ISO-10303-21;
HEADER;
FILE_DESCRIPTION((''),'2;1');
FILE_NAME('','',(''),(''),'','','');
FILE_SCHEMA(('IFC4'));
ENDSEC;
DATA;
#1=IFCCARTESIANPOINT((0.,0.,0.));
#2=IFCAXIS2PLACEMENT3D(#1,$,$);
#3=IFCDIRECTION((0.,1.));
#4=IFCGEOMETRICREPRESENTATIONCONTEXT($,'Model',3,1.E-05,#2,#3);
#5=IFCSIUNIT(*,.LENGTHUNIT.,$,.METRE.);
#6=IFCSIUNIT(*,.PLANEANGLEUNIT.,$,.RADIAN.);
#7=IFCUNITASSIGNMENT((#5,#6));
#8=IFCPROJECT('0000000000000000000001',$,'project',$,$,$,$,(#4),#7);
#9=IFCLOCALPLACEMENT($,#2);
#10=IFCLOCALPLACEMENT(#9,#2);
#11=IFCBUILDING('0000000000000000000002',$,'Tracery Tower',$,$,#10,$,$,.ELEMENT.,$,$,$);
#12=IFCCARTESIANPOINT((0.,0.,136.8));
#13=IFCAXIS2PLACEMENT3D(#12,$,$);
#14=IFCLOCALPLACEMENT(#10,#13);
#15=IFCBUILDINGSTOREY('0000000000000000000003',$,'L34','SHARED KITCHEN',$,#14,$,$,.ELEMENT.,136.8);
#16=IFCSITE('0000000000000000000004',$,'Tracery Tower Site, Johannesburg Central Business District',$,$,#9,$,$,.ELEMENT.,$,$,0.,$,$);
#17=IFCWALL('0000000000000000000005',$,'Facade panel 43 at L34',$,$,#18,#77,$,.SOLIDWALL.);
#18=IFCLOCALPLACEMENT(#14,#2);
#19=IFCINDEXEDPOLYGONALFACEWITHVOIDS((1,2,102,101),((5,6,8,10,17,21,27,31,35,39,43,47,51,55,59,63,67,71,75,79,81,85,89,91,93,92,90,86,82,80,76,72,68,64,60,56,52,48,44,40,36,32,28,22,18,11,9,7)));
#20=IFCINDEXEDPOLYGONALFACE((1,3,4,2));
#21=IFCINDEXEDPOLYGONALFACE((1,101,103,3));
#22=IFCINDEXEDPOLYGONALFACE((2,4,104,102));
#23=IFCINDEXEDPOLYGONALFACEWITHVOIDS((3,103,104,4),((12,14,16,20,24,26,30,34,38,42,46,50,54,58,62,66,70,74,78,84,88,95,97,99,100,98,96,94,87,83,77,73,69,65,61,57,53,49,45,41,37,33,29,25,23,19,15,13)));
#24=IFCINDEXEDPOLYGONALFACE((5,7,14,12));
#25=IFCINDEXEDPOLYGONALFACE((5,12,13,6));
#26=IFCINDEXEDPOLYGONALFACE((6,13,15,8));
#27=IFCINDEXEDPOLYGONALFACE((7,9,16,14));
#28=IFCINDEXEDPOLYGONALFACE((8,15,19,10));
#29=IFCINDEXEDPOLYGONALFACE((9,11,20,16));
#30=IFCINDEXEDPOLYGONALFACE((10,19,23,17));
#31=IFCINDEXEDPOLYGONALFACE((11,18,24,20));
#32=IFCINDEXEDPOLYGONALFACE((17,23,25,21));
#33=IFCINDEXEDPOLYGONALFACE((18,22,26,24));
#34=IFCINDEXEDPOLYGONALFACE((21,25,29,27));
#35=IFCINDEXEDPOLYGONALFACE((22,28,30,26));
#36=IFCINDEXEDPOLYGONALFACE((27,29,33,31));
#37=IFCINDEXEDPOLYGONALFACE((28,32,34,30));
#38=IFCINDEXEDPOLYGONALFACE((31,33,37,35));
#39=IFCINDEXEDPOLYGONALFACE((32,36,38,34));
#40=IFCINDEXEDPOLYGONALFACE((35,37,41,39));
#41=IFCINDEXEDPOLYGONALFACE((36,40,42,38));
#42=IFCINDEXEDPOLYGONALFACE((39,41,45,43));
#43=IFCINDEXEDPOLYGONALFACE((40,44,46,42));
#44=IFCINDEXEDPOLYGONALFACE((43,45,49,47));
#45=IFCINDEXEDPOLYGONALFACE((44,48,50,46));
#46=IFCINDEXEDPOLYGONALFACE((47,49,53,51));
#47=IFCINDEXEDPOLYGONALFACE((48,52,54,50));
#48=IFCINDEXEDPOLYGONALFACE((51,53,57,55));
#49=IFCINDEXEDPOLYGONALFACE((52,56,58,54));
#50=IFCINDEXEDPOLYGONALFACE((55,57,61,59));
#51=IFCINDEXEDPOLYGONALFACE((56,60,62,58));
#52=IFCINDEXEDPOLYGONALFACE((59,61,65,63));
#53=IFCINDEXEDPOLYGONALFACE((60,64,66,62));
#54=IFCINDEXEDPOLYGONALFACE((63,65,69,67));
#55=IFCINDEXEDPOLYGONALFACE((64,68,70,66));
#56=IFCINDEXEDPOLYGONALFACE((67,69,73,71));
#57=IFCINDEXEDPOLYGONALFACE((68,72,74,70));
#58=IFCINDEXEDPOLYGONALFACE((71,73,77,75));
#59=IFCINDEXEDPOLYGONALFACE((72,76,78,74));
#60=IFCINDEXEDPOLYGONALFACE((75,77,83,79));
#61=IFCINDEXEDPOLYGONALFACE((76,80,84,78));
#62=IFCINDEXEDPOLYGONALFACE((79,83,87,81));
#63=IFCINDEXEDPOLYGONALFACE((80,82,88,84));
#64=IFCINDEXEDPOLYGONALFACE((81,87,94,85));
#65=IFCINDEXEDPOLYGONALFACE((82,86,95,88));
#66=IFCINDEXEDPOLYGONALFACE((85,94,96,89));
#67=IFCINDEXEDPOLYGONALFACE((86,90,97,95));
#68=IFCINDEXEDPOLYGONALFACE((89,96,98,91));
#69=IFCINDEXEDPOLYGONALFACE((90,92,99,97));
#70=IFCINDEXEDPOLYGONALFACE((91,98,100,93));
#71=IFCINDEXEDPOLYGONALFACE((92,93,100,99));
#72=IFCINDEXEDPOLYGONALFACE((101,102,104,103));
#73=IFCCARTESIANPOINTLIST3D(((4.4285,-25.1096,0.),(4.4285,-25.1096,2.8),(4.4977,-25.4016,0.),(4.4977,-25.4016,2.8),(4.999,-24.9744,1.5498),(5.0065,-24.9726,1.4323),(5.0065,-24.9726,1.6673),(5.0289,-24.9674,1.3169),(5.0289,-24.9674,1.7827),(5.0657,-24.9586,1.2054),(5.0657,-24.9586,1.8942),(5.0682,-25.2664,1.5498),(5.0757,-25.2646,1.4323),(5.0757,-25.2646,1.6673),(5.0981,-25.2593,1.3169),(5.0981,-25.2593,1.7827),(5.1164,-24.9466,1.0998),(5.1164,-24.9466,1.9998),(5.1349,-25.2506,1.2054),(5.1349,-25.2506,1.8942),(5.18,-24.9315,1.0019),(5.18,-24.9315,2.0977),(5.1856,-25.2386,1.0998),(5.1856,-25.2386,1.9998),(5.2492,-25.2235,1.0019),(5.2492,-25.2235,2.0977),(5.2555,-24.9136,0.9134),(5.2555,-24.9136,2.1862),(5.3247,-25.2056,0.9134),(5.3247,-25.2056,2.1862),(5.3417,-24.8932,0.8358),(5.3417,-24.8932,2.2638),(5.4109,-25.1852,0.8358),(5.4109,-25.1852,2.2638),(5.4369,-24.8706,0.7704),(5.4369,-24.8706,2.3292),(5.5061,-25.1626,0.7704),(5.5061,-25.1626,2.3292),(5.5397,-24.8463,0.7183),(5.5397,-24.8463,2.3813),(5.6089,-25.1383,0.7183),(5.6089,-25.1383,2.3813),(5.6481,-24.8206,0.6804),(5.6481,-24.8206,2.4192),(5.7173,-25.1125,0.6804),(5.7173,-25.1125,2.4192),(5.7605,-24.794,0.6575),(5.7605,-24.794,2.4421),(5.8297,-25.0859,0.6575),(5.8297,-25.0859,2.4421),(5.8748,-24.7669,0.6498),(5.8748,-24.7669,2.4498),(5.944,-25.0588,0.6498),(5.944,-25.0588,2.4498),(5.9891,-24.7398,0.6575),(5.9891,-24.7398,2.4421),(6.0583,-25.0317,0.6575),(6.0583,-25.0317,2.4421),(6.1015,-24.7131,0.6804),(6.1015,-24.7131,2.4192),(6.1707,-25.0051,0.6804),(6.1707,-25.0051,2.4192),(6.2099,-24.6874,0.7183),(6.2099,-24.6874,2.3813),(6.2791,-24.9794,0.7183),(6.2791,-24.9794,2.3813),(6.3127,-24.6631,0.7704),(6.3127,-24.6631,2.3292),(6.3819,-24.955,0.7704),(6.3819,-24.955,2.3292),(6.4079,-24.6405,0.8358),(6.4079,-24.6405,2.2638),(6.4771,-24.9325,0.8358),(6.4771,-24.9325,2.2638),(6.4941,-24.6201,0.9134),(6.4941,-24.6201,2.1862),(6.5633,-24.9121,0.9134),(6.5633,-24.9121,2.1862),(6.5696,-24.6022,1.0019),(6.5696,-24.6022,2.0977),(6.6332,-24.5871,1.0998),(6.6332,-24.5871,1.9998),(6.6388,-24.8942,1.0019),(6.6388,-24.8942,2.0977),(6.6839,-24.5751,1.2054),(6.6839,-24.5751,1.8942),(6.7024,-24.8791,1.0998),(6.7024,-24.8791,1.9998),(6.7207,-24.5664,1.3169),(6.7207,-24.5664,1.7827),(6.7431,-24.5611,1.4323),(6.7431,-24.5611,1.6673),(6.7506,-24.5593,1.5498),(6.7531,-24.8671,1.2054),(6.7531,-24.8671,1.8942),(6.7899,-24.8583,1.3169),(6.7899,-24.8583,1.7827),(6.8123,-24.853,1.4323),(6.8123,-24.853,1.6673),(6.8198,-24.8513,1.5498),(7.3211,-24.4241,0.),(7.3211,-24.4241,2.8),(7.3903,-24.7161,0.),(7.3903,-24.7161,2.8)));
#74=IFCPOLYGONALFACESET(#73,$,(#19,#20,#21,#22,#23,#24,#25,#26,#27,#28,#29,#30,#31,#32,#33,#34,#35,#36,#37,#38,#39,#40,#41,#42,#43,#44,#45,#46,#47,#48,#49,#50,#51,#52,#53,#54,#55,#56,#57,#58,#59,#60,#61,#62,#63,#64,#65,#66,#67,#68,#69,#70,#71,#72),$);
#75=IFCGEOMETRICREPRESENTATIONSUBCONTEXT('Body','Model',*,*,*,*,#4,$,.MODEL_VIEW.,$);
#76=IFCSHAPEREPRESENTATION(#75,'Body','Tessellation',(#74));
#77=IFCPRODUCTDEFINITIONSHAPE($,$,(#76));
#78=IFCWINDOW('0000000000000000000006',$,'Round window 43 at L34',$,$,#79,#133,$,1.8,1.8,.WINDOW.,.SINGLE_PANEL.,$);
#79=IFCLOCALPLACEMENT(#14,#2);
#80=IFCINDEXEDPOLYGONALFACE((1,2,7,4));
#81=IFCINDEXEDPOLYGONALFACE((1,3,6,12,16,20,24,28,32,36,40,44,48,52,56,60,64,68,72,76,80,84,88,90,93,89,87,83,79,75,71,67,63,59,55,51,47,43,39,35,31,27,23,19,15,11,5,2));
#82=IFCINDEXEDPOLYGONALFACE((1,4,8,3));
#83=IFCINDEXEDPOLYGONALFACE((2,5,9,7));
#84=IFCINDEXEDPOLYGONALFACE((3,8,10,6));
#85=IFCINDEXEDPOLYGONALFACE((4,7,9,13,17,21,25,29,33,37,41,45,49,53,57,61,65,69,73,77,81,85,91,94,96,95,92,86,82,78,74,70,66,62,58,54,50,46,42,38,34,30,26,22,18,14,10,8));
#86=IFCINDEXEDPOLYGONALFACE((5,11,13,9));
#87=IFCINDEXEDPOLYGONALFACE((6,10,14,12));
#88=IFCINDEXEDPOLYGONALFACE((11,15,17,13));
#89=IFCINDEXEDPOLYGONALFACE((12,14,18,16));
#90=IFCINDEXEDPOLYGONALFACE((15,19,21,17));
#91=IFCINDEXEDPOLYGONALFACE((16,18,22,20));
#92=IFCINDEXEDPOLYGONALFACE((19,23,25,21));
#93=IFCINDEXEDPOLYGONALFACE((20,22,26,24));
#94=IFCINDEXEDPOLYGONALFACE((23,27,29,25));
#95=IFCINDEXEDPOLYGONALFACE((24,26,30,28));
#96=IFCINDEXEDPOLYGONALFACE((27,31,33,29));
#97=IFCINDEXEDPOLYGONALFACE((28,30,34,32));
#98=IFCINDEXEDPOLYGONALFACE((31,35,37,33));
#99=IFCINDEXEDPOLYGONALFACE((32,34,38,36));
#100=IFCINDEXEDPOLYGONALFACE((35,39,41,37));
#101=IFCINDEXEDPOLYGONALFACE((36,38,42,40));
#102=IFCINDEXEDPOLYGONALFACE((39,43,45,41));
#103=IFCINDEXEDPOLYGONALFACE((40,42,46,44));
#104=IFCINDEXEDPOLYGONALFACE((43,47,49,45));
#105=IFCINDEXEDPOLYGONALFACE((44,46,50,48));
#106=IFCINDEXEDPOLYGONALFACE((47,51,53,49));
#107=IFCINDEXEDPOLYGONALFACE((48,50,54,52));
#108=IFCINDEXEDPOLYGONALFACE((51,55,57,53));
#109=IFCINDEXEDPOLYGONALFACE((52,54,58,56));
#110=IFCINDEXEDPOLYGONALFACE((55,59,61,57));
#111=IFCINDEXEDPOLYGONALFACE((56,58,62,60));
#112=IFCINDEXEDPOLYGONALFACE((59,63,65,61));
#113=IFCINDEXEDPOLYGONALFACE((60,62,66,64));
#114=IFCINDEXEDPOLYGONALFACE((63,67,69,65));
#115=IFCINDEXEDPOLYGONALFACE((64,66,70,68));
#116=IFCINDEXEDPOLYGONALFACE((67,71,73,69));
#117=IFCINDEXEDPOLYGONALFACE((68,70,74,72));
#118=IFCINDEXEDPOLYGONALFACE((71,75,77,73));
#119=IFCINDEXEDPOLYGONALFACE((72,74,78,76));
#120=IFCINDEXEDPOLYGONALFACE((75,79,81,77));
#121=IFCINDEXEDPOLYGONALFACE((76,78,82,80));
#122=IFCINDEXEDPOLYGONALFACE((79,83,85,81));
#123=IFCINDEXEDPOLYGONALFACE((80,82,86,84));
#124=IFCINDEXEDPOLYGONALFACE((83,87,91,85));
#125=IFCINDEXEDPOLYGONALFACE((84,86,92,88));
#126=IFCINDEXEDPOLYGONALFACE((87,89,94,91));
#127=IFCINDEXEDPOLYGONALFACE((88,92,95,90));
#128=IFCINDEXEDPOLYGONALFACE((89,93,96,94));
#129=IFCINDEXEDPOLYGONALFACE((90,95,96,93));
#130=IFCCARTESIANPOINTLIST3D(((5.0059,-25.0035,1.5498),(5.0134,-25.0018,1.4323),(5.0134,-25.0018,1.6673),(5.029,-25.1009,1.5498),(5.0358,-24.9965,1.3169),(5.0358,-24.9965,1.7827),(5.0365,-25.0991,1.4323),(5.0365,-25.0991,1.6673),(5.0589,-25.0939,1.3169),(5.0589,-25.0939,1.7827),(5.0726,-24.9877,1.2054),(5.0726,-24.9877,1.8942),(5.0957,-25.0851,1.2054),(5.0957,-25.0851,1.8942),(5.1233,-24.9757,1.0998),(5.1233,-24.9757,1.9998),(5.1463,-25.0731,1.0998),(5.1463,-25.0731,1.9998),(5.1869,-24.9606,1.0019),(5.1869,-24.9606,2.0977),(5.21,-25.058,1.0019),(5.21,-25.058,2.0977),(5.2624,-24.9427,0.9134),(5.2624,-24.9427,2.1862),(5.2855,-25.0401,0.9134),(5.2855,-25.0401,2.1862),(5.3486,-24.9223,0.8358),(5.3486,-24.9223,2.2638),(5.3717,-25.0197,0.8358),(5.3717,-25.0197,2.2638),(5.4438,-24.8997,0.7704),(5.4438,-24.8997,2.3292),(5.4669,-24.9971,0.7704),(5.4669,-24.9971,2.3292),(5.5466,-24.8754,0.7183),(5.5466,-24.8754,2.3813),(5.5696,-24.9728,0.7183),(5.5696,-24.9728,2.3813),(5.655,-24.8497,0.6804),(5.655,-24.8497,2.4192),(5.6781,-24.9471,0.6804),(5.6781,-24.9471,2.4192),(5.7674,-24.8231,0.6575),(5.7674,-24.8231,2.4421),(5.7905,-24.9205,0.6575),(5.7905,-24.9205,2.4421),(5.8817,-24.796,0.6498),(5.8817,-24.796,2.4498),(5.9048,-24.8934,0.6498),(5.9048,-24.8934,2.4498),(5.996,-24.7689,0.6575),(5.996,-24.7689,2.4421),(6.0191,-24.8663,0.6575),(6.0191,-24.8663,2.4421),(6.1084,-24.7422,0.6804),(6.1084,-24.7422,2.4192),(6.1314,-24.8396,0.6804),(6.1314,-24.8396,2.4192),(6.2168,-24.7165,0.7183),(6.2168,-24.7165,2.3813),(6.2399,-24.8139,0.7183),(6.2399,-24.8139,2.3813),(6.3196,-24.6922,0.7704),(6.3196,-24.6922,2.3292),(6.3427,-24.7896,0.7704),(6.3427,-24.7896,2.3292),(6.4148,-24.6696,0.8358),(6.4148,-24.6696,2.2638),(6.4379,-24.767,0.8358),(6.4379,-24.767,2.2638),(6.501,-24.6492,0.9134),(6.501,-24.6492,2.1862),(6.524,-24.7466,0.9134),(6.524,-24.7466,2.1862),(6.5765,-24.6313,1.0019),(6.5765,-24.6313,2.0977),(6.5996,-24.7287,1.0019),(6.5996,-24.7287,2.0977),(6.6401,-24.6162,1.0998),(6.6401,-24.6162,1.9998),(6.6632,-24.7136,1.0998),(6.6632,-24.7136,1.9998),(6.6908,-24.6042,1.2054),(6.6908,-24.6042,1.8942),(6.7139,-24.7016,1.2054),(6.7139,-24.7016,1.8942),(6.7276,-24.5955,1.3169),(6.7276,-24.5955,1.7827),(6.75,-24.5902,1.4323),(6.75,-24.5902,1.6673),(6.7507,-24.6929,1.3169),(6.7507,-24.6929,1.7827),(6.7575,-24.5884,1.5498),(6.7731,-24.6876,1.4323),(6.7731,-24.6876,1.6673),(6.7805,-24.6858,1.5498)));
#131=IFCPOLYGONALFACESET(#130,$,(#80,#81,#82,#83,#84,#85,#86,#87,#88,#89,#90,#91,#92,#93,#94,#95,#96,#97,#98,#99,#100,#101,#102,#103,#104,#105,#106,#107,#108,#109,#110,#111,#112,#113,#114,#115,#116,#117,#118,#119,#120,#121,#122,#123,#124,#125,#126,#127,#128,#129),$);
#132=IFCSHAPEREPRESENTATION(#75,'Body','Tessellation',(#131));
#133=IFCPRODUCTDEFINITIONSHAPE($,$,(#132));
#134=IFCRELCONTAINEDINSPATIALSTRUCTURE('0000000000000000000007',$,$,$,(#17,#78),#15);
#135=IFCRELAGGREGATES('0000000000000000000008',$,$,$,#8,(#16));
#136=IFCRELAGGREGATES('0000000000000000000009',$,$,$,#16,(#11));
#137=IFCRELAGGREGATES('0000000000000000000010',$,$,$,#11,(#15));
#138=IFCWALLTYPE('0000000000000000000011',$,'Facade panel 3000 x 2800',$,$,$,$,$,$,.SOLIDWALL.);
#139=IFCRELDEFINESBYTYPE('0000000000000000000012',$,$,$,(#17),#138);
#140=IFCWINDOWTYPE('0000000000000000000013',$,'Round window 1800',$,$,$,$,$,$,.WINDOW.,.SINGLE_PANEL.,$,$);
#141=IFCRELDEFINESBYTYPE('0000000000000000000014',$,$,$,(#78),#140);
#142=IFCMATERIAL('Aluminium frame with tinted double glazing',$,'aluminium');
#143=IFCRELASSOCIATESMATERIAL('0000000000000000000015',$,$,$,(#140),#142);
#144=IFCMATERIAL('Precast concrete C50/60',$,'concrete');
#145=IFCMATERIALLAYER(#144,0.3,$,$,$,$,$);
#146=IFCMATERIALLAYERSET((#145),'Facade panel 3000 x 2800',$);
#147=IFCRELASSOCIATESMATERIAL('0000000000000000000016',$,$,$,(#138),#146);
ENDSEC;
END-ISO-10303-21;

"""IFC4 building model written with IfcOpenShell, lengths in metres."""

from ifc_helpers import new_model, si_unit, direction, frame, frame_2d, origin, origin_2d, place, context, subcontext, project, spatial, rectangle, circle, extrude, material, layer, layer_set, type_object, element, fill, save


model = new_model("IFC4")

# Units and contexts
model_context = context("Model", 3, precision=1e-05, world=origin(), true_north=direction((0.0, 1.0)))
body_context = subcontext(model_context, "Body", "Model", "MODEL_VIEW")
ifc_project = project(units=[si_unit("LENGTHUNIT", "METRE"), si_unit("PLANEANGLEUNIT", "RADIAN")], contexts=[model_context])

# Site, building, storey
site_placement = place(None, origin())
site = spatial("IfcSite", under=ifc_project, at=site_placement, Name="Tracery Tower Site, Johannesburg Central Business District", CompositionType="ELEMENT", RefElevation=0.0)
building_placement = place(site_placement, origin())
building = spatial("IfcBuilding", under=site, at=building_placement, Name="Tracery Tower", CompositionType="ELEMENT")
storey_placement = place(building_placement, frame((0.0, 0.0, 136.8)))
storey = spatial("IfcBuildingStorey", under=building, at=storey_placement, Name="L34", Description="SHARED KITCHEN", CompositionType="ELEMENT", Elevation=136.8)

# Wall, opening, window
ifc_material_1 = material(Name="Aluminium frame with tinted double glazing", Category="aluminium")
window_type = type_object("IfcWindowType", Name="Round window 1800", PartitioningType="SINGLE_PANEL", PredefinedType="WINDOW", material=ifc_material_1)
ifc_material_2 = material(Name="Precast concrete C50/60", Category="concrete")
ifc_layer_1 = layer(ifc_material_2, 0.3)
ifc_layer_set_1 = layer_set([ifc_layer_1], Name="Facade panel 3000 x 2800")
wall_type_1 = type_object("IfcWallType", Name="Facade panel 3000 x 2800", PredefinedType="SOLIDWALL", material=ifc_layer_set_1)
wall_1_placement = place(storey_placement, frame((4.4631, -25.2556, 0.0), z_axis=(0.0, 0.0, 1.0), x_axis=(0.973045, 0.230614, 0.0)))
wall_1 = element("IfcWall", 1, at=wall_1_placement, inside=storey, type_object=wall_type_1, Name="Facade panel 43 at L34", PredefinedType="SOLIDWALL", context=body_context, shape_type="SweptSolid", body=[
    extrude(rectangle(XDim=2.9727, YDim=0.3, at=frame_2d((1.4863, 0.0))), origin(), (0.0, 0.0, 1.0), 2.8),
])
opening_1_placement = place(wall_1_placement, frame((1.4863, 0.0, 1.5498)))
opening_1 = element("IfcOpeningElement", 2, at=opening_1_placement, cuts=wall_1, PredefinedType="OPENING", context=body_context, shape_type="SweptSolid", body=[
    extrude(circle(Radius=0.9, at=origin_2d()), frame((0.0, 0.1599, 0.0), z_axis=(0.0, -1.0, 0.0), x_axis=(1.0, 0.0, 0.0)), (0.0, 0.0, 1.0), 0.3201),
])
window_1_placement = place(opening_1_placement, origin())
window_1 = element("IfcWindow", 3, at=window_1_placement, inside=storey, type_object=window_type, Name="Round window 43 at L34", OverallHeight=1.8, OverallWidth=1.8, PartitioningType="SINGLE_PANEL", PredefinedType="WINDOW", context=body_context, shape_type="SweptSolid", body=[
    extrude(circle(Radius=0.9, at=origin_2d()), frame((0.0, 0.1201, 0.0), z_axis=(0.0, -1.0, 0.0), x_axis=(1.0, 0.0, 0.0)), (0.0, 0.0, 1.0), 0.1001),
])
fill(opening_1, window_1)

save(model, "model.ifc")
